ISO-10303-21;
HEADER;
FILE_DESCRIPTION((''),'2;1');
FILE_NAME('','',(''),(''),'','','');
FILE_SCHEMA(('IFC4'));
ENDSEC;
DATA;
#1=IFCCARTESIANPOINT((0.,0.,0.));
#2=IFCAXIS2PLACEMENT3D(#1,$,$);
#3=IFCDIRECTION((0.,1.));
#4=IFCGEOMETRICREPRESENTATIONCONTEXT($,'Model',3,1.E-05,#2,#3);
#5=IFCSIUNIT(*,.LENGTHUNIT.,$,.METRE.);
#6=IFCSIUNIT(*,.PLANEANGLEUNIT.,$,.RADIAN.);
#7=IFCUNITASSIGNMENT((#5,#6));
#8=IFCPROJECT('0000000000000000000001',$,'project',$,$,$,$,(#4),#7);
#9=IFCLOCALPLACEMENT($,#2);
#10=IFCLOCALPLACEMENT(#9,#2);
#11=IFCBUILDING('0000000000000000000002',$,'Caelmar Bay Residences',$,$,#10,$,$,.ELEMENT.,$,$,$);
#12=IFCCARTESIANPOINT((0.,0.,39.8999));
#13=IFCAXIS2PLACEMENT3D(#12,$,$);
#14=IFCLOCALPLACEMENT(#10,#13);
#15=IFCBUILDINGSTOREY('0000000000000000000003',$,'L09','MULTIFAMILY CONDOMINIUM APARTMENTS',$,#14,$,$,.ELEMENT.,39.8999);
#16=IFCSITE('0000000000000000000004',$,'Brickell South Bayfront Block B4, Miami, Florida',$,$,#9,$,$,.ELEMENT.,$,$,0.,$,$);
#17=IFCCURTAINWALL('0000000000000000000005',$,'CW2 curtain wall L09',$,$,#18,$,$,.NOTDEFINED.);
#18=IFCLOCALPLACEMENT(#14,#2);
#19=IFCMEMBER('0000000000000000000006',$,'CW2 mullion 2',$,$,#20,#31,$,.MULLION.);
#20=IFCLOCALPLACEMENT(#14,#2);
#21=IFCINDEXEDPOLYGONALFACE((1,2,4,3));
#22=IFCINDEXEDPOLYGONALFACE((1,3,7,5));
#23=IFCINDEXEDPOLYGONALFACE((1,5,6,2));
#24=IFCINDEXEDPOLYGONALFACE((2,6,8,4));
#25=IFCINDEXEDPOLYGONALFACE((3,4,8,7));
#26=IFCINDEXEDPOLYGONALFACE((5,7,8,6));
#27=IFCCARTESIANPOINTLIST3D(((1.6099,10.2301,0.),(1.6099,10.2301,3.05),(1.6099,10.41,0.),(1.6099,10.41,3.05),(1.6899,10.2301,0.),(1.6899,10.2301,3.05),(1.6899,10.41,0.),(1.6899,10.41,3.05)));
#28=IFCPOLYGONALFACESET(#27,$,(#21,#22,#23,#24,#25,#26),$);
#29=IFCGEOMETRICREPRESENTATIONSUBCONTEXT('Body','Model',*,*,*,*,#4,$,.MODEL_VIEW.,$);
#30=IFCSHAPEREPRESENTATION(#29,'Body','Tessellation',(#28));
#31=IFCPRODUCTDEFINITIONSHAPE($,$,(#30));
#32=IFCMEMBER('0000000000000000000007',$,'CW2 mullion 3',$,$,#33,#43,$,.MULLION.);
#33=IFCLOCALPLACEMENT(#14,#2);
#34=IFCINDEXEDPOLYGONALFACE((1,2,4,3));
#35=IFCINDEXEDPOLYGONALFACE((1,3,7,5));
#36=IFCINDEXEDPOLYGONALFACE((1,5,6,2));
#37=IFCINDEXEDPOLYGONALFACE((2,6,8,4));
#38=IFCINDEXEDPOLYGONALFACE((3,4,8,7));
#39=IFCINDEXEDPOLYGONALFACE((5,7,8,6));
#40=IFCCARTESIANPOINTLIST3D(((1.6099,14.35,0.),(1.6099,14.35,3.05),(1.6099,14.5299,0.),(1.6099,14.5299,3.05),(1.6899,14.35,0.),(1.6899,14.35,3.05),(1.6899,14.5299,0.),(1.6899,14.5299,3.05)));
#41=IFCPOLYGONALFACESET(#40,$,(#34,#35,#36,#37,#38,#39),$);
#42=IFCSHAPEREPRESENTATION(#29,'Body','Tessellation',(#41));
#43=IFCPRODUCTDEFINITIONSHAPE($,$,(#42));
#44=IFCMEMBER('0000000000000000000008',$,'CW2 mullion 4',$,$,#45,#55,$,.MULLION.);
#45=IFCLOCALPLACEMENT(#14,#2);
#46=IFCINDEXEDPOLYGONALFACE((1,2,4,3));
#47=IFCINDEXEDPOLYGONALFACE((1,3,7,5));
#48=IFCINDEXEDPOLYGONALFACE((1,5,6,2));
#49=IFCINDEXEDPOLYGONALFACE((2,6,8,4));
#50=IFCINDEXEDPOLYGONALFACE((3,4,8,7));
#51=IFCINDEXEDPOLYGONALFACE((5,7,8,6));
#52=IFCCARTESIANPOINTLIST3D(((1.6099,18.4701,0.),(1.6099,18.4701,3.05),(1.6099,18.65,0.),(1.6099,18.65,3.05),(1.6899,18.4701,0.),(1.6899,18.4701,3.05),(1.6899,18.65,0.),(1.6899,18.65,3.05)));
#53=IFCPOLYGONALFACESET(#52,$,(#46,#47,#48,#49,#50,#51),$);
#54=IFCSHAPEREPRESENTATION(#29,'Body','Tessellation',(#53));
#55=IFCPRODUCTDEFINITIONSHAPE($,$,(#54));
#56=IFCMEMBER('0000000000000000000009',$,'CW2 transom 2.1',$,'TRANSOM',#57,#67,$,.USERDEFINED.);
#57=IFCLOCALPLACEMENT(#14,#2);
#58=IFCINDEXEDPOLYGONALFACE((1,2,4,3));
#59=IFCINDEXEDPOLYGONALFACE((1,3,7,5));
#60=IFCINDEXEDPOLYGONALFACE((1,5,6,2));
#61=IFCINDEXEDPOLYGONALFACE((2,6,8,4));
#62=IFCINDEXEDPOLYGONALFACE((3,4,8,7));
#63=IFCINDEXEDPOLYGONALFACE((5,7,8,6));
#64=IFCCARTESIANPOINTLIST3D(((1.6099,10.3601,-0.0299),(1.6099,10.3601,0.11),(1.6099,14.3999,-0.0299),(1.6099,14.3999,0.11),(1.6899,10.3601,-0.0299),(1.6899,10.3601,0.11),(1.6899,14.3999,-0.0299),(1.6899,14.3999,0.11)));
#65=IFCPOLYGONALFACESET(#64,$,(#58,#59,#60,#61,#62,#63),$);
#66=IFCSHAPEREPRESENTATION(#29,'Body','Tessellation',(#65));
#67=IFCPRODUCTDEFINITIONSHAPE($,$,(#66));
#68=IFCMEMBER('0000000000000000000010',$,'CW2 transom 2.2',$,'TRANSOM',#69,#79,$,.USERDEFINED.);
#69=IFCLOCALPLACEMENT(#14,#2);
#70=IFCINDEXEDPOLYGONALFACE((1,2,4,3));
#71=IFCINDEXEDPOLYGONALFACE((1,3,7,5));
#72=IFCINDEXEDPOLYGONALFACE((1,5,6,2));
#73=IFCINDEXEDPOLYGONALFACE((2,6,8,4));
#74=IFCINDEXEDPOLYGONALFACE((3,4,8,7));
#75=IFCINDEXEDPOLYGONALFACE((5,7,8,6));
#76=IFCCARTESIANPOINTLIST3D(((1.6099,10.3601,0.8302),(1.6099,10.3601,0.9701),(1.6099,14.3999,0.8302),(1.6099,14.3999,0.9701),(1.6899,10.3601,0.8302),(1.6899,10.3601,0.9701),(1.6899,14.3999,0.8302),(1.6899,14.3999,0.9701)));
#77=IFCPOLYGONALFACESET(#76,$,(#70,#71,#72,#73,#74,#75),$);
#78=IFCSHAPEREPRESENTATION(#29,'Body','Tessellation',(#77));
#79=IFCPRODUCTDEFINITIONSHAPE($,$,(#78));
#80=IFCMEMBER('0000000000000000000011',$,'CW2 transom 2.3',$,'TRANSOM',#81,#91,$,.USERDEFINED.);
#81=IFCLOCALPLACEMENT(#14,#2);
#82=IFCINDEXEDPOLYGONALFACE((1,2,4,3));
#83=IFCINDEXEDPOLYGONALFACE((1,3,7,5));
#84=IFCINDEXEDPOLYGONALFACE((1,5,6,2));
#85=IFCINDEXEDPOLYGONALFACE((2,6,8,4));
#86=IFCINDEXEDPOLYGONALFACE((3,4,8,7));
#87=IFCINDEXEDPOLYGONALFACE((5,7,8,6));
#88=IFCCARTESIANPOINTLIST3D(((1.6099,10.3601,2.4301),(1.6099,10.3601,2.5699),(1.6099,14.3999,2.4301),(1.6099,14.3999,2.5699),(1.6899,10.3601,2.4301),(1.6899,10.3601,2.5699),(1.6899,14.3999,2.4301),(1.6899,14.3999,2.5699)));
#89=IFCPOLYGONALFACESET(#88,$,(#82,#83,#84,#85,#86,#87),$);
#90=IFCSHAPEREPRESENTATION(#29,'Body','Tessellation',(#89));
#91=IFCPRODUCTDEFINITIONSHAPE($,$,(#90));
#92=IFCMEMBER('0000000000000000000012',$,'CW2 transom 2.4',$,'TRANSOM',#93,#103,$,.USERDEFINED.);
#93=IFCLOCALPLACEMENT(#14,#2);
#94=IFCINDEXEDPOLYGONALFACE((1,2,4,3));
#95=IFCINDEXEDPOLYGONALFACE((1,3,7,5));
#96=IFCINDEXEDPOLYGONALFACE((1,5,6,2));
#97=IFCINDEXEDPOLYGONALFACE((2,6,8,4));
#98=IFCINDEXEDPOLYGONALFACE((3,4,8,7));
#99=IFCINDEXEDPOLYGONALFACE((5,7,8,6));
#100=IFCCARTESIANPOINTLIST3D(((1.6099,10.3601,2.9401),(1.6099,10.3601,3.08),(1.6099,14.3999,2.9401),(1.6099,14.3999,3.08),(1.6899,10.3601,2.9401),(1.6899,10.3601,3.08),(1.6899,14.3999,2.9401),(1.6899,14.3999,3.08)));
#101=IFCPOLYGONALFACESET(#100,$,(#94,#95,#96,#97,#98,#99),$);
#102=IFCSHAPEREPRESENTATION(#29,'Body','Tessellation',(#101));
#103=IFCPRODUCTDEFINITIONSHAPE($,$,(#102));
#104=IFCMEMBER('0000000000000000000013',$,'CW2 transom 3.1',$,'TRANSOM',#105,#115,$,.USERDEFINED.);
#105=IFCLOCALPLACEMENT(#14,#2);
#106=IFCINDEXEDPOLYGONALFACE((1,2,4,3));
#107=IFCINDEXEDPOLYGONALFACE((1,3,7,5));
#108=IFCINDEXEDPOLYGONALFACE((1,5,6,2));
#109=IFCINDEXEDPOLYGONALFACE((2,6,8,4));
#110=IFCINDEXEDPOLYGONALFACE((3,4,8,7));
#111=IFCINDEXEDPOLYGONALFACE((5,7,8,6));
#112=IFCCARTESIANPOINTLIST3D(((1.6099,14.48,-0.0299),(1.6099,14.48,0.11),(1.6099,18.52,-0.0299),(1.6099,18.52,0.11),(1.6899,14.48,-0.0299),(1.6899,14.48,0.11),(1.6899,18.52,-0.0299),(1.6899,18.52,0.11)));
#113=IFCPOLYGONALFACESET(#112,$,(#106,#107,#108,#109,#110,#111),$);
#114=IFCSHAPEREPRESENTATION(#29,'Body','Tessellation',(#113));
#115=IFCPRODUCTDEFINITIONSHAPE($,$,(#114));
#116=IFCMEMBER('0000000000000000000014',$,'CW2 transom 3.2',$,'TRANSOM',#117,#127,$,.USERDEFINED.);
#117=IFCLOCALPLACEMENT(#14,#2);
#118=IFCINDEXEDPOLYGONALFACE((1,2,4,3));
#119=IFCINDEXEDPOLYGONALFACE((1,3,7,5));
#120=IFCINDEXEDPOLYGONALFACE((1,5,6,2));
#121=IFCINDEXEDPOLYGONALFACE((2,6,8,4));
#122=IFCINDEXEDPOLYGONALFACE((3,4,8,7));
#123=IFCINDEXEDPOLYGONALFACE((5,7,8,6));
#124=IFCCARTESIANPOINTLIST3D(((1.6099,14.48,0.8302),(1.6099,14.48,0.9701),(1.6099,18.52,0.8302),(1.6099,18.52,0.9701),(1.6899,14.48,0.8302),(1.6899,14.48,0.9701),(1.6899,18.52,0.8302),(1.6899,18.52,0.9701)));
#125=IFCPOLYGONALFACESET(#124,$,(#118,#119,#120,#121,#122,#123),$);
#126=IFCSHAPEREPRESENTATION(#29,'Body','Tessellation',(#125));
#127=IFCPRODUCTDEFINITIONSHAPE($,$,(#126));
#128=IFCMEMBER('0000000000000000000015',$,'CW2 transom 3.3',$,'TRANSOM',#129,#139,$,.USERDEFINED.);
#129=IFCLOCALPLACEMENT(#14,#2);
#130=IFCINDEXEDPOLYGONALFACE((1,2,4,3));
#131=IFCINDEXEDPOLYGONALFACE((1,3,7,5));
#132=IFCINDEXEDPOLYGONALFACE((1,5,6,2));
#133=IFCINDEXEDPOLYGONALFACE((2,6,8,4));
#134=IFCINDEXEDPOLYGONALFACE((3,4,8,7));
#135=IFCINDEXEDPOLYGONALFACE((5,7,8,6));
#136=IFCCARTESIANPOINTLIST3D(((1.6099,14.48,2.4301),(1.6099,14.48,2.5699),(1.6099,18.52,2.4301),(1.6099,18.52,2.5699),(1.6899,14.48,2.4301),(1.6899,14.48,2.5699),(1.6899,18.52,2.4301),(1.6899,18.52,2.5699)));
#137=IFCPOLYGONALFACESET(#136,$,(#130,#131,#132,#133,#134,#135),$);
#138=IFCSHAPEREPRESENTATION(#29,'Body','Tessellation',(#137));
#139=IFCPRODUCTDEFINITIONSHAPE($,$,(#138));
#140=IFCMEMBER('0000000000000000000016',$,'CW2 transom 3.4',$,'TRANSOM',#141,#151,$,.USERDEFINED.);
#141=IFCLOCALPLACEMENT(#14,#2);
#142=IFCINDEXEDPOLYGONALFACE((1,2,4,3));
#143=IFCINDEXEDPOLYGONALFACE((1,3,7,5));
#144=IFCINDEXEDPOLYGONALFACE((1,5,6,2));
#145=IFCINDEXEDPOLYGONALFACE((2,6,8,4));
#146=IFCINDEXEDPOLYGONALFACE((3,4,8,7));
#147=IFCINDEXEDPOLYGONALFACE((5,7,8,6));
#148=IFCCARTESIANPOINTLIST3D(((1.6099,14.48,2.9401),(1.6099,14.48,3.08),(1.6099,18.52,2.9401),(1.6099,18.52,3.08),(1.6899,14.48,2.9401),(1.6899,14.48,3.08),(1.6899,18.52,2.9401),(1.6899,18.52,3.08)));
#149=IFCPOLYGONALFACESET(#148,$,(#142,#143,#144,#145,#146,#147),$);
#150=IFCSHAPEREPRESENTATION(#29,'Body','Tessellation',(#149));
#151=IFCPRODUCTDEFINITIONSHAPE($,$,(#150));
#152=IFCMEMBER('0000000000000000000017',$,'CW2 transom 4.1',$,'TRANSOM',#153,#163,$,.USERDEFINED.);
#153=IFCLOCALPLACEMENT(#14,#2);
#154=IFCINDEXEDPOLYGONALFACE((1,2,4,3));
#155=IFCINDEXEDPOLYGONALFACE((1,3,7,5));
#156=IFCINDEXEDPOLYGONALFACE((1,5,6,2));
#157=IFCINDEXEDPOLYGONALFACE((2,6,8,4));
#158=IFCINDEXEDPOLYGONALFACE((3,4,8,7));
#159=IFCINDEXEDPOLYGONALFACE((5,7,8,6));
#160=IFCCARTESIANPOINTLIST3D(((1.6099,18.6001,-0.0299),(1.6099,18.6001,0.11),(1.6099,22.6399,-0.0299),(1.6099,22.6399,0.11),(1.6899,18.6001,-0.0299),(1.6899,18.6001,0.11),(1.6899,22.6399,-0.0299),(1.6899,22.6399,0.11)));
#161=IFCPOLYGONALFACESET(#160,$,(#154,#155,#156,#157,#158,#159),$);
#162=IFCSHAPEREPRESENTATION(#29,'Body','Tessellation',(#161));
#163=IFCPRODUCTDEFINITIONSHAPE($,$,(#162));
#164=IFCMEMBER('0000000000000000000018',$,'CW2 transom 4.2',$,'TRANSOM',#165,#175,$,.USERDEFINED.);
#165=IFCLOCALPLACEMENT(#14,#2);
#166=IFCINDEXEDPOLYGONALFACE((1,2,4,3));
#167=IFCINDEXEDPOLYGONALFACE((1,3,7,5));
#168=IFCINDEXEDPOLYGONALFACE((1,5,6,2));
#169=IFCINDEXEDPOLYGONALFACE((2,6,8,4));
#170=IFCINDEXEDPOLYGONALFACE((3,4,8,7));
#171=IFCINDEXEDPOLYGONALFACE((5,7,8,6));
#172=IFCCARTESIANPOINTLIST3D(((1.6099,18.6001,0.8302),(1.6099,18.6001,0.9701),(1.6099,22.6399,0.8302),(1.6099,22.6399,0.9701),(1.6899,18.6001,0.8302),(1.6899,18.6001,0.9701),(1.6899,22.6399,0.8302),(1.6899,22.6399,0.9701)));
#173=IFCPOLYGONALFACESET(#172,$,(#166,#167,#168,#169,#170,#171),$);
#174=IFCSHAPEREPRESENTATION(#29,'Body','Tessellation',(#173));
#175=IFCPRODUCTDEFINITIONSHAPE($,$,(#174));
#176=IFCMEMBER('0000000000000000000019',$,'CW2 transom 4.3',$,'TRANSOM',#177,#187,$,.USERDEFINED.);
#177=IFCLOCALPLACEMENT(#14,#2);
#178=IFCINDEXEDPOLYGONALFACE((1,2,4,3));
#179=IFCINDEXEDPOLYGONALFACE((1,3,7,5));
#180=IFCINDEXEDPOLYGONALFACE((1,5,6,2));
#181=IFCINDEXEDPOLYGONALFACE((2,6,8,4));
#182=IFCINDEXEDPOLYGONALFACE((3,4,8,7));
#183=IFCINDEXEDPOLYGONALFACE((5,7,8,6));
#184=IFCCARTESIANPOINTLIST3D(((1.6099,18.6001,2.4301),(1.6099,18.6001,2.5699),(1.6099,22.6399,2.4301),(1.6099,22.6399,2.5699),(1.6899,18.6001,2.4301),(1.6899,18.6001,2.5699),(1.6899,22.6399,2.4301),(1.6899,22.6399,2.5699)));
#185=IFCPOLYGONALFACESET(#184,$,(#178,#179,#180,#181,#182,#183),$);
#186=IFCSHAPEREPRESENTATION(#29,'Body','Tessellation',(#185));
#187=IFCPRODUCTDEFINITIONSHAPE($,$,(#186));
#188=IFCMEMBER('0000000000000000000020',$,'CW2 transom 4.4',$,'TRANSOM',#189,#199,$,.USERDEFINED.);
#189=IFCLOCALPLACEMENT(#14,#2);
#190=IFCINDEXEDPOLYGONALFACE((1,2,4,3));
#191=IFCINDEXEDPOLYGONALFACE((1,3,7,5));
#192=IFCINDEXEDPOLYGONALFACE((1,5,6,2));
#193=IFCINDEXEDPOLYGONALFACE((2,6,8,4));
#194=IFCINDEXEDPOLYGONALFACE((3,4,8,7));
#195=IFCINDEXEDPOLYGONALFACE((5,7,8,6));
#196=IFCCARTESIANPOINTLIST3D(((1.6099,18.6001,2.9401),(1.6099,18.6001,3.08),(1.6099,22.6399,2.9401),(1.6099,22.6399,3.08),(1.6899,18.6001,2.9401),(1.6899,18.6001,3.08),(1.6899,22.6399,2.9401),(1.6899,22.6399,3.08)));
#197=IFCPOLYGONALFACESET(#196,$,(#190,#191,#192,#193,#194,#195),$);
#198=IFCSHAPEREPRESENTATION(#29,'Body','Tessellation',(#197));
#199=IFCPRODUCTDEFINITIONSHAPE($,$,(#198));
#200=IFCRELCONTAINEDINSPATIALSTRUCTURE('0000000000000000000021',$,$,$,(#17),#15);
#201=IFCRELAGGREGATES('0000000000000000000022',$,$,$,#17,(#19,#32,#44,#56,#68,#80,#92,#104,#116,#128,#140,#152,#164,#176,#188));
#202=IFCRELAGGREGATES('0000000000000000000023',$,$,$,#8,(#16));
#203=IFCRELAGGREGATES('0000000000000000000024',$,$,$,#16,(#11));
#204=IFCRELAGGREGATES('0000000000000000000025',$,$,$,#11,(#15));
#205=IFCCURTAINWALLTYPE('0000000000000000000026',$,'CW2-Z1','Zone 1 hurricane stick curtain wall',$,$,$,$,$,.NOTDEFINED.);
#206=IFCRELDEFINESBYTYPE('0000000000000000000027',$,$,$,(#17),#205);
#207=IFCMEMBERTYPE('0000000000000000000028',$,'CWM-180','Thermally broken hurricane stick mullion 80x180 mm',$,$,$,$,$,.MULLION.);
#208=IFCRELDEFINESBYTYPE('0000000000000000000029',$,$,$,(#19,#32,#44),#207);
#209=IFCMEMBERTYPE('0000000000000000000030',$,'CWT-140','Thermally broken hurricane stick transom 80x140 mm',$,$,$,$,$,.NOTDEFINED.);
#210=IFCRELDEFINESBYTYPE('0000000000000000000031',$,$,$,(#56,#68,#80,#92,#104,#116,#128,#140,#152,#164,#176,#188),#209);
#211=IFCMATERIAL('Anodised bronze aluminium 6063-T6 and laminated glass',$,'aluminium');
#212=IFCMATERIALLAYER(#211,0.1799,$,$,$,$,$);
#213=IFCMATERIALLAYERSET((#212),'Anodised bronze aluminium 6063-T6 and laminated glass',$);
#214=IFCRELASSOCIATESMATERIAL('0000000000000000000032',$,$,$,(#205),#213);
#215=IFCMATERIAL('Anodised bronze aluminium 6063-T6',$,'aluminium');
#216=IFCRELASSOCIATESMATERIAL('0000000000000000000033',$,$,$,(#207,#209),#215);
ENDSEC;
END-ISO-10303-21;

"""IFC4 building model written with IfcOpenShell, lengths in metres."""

from ifc_helpers import new_model, si_unit, direction, frame, origin, origin_2d, place, context, subcontext, project, spatial, rectangle, extrude, material, layer, layer_set, material_profile, profile_set, type_object, element, aggregate, save


model = new_model("IFC4")

# Units and contexts
model_context = context("Model", 3, precision=1e-05, world=origin(), true_north=direction((0.0, 1.0)))
body_context = subcontext(model_context, "Body", "Model", "MODEL_VIEW")
ifc_project = project(units=[si_unit("LENGTHUNIT", "METRE"), si_unit("PLANEANGLEUNIT", "RADIAN")], contexts=[model_context])

# Site, building, storey
site_placement = place(None, origin())
site = spatial("IfcSite", under=ifc_project, at=site_placement, Name="Brickell South Bayfront Block B4, Miami, Florida", CompositionType="ELEMENT", RefElevation=0.0)
building_placement = place(site_placement, origin())
building = spatial("IfcBuilding", under=site, at=building_placement, Name="Caelmar Bay Residences", CompositionType="ELEMENT")
storey_placement = place(building_placement, frame((0.0, 0.0, 39.8999)))
storey = spatial("IfcBuildingStorey", under=building, at=storey_placement, Name="L09", Description="MULTIFAMILY CONDOMINIUM APARTMENTS", CompositionType="ELEMENT", Elevation=39.8999)

# Curtain wall, members
ifc_material_1 = material(Name="Anodised bronze aluminium 6063-T6 and laminated glass", Category="aluminium")
ifc_layer_1 = layer(ifc_material_1, 0.1799)
ifc_layer_set_1 = layer_set([ifc_layer_1], Name="Anodised bronze aluminium 6063-T6 and laminated glass")
curtain_wall_type = type_object("IfcCurtainWallType", Name="CW2-Z1", Description="Zone 1 hurricane stick curtain wall", PredefinedType="NOTDEFINED", material=ifc_layer_set_1)
curtain_wall_placement = place(storey_placement, origin())
curtain_wall = element("IfcCurtainWall", 1, at=curtain_wall_placement, inside=storey, type_object=curtain_wall_type, Name="CW2 curtain wall L09", PredefinedType="NOTDEFINED")
ifc_material_2 = material(Name="Anodised bronze aluminium 6063-T6", Category="aluminium")
ifc_material_profile_1 = material_profile(ifc_material_2, rectangle(XDim=0.0801, YDim=0.1799, at=origin_2d()), Name="CWM-80X180")
ifc_profile_set_1 = profile_set([ifc_material_profile_1], Name="Anodised bronze aluminium 6063-T6")
member_type_1 = type_object("IfcMemberType", Name="CWM-180", Description="Thermally broken hurricane stick mullion 80x180 mm", PredefinedType="MULLION", material=ifc_profile_set_1)
member_1_placement = place(storey_placement, frame((1.6499, 10.3201, 0.0), z_axis=(0.0, 0.0, 1.0), x_axis=(-1.0, 0.0, 0.0)))
member_1 = element("IfcMember", 2, at=member_1_placement, type_object=member_type_1, Name="CW2 mullion 2", PredefinedType="MULLION", context=body_context, shape_type="SweptSolid", body=[
    extrude(rectangle(XDim=0.0801, YDim=0.1799, at=origin_2d()), origin(), (0.0, 0.0, 1.0), 3.05),
])
member_2_placement = place(storey_placement, frame((1.6499, 14.4399, 0.0), z_axis=(0.0, 0.0, 1.0), x_axis=(-1.0, 0.0, 0.0)))
member_2 = element("IfcMember", 3, at=member_2_placement, type_object=member_type_1, Name="CW2 mullion 3", PredefinedType="MULLION", context=body_context, shape_type="SweptSolid", body=[
    extrude(rectangle(XDim=0.0801, YDim=0.1799, at=origin_2d()), origin(), (0.0, 0.0, 1.0), 3.05),
])
member_3_placement = place(storey_placement, frame((1.6499, 18.5601, 0.0), z_axis=(0.0, 0.0, 1.0), x_axis=(-1.0, 0.0, 0.0)))
member_3 = element("IfcMember", 4, at=member_3_placement, type_object=member_type_1, Name="CW2 mullion 4", PredefinedType="MULLION", context=body_context, shape_type="SweptSolid", body=[
    extrude(rectangle(XDim=0.0801, YDim=0.1799, at=origin_2d()), origin(), (0.0, 0.0, 1.0), 3.05),
])
ifc_material_profile_2 = material_profile(ifc_material_2, rectangle(XDim=0.0801, YDim=0.1399, at=origin_2d()), Name="CWT-80X140")
ifc_profile_set_2 = profile_set([ifc_material_profile_2], Name="Anodised bronze aluminium 6063-T6")
member_type_2 = type_object("IfcMemberType", Name="CWT-140", Description="Thermally broken hurricane stick transom 80x140 mm", PredefinedType="NOTDEFINED", material=ifc_profile_set_2)
member_4_placement = place(storey_placement, frame((1.6499, 10.3601, 0.04), z_axis=(0.0, 1.0, 0.0), x_axis=(-1.0, 0.0, 0.0)))
member_4 = element("IfcMember", 5, at=member_4_placement, type_object=member_type_2, Name="CW2 transom 2.1", ObjectType="TRANSOM", PredefinedType="USERDEFINED", context=body_context, shape_type="SweptSolid", body=[
    extrude(rectangle(XDim=0.0801, YDim=0.1399, at=origin_2d()), origin(), (0.0, 0.0, 1.0), 4.0398),
])
member_5_placement = place(storey_placement, frame((1.6499, 10.3601, 0.9001), z_axis=(0.0, 1.0, 0.0), x_axis=(-1.0, 0.0, 0.0)))
member_5 = element("IfcMember", 6, at=member_5_placement, type_object=member_type_2, Name="CW2 transom 2.2", ObjectType="TRANSOM", PredefinedType="USERDEFINED", context=body_context, shape_type="SweptSolid", body=[
    extrude(rectangle(XDim=0.0801, YDim=0.1399, at=origin_2d()), origin(), (0.0, 0.0, 1.0), 4.0398),
])
member_6_placement = place(storey_placement, frame((1.6499, 10.3601, 2.5), z_axis=(0.0, 1.0, 0.0), x_axis=(-1.0, 0.0, 0.0)))
member_6 = element("IfcMember", 7, at=member_6_placement, type_object=member_type_2, Name="CW2 transom 2.3", ObjectType="TRANSOM", PredefinedType="USERDEFINED", context=body_context, shape_type="SweptSolid", body=[
    extrude(rectangle(XDim=0.0801, YDim=0.1399, at=origin_2d()), origin(), (0.0, 0.0, 1.0), 4.0398),
])
member_7_placement = place(storey_placement, frame((1.6499, 10.3601, 3.01), z_axis=(0.0, 1.0, 0.0), x_axis=(-1.0, 0.0, 0.0)))
member_7 = element("IfcMember", 8, at=member_7_placement, type_object=member_type_2, Name="CW2 transom 2.4", ObjectType="TRANSOM", PredefinedType="USERDEFINED", context=body_context, shape_type="SweptSolid", body=[
    extrude(rectangle(XDim=0.0801, YDim=0.1399, at=origin_2d()), origin(), (0.0, 0.0, 1.0), 4.0398),
])
member_8_placement = place(storey_placement, frame((1.6499, 14.48, 0.04), z_axis=(0.0, 1.0, 0.0), x_axis=(-1.0, 0.0, 0.0)))
member_8 = element("IfcMember", 9, at=member_8_placement, type_object=member_type_2, Name="CW2 transom 3.1", ObjectType="TRANSOM", PredefinedType="USERDEFINED", context=body_context, shape_type="SweptSolid", body=[
    extrude(rectangle(XDim=0.0801, YDim=0.1399, at=origin_2d()), origin(), (0.0, 0.0, 1.0), 4.04),
])
member_9_placement = place(storey_placement, frame((1.6499, 14.48, 0.9001), z_axis=(0.0, 1.0, 0.0), x_axis=(-1.0, 0.0, 0.0)))
member_9 = element("IfcMember", 10, at=member_9_placement, type_object=member_type_2, Name="CW2 transom 3.2", ObjectType="TRANSOM", PredefinedType="USERDEFINED", context=body_context, shape_type="SweptSolid", body=[
    extrude(rectangle(XDim=0.0801, YDim=0.1399, at=origin_2d()), origin(), (0.0, 0.0, 1.0), 4.04),
])
member_10_placement = place(storey_placement, frame((1.6499, 14.48, 2.5), z_axis=(0.0, 1.0, 0.0), x_axis=(-1.0, 0.0, 0.0)))
member_10 = element("IfcMember", 11, at=member_10_placement, type_object=member_type_2, Name="CW2 transom 3.3", ObjectType="TRANSOM", PredefinedType="USERDEFINED", context=body_context, shape_type="SweptSolid", body=[
    extrude(rectangle(XDim=0.0801, YDim=0.1399, at=origin_2d()), origin(), (0.0, 0.0, 1.0), 4.04),
])
member_11_placement = place(storey_placement, frame((1.6499, 14.48, 3.01), z_axis=(0.0, 1.0, 0.0), x_axis=(-1.0, 0.0, 0.0)))
member_11 = element("IfcMember", 12, at=member_11_placement, type_object=member_type_2, Name="CW2 transom 3.4", ObjectType="TRANSOM", PredefinedType="USERDEFINED", context=body_context, shape_type="SweptSolid", body=[
    extrude(rectangle(XDim=0.0801, YDim=0.1399, at=origin_2d()), origin(), (0.0, 0.0, 1.0), 4.04),
])
member_12_placement = place(storey_placement, frame((1.6499, 18.6001, 0.04), z_axis=(0.0, 1.0, 0.0), x_axis=(-1.0, 0.0, 0.0)))
member_12 = element("IfcMember", 13, at=member_12_placement, type_object=member_type_2, Name="CW2 transom 4.1", ObjectType="TRANSOM", PredefinedType="USERDEFINED", context=body_context, shape_type="SweptSolid", body=[
    extrude(rectangle(XDim=0.0801, YDim=0.1399, at=origin_2d()), origin(), (0.0, 0.0, 1.0), 4.0398),
])
member_13_placement = place(storey_placement, frame((1.6499, 18.6001, 0.9001), z_axis=(0.0, 1.0, 0.0), x_axis=(-1.0, 0.0, 0.0)))
member_13 = element("IfcMember", 14, at=member_13_placement, type_object=member_type_2, Name="CW2 transom 4.2", ObjectType="TRANSOM", PredefinedType="USERDEFINED", context=body_context, shape_type="SweptSolid", body=[
    extrude(rectangle(XDim=0.0801, YDim=0.1399, at=origin_2d()), origin(), (0.0, 0.0, 1.0), 4.0398),
])
member_14_placement = place(storey_placement, frame((1.6499, 18.6001, 2.5), z_axis=(0.0, 1.0, 0.0), x_axis=(-1.0, 0.0, 0.0)))
member_14 = element("IfcMember", 15, at=member_14_placement, type_object=member_type_2, Name="CW2 transom 4.3", ObjectType="TRANSOM", PredefinedType="USERDEFINED", context=body_context, shape_type="SweptSolid", body=[
    extrude(rectangle(XDim=0.0801, YDim=0.1399, at=origin_2d()), origin(), (0.0, 0.0, 1.0), 4.0398),
])
member_15_placement = place(storey_placement, frame((1.6499, 18.6001, 3.01), z_axis=(0.0, 1.0, 0.0), x_axis=(-1.0, 0.0, 0.0)))
member_15 = element("IfcMember", 16, at=member_15_placement, type_object=member_type_2, Name="CW2 transom 4.4", ObjectType="TRANSOM", PredefinedType="USERDEFINED", context=body_context, shape_type="SweptSolid", body=[
    extrude(rectangle(XDim=0.0801, YDim=0.1399, at=origin_2d()), origin(), (0.0, 0.0, 1.0), 4.0398),
])
aggregate(curtain_wall, [member_1, member_2, member_3, member_4, member_5, member_6, member_7, member_8, member_9, member_10, member_11, member_12, member_13, member_14, member_15])

save(model, "model.ifc")
